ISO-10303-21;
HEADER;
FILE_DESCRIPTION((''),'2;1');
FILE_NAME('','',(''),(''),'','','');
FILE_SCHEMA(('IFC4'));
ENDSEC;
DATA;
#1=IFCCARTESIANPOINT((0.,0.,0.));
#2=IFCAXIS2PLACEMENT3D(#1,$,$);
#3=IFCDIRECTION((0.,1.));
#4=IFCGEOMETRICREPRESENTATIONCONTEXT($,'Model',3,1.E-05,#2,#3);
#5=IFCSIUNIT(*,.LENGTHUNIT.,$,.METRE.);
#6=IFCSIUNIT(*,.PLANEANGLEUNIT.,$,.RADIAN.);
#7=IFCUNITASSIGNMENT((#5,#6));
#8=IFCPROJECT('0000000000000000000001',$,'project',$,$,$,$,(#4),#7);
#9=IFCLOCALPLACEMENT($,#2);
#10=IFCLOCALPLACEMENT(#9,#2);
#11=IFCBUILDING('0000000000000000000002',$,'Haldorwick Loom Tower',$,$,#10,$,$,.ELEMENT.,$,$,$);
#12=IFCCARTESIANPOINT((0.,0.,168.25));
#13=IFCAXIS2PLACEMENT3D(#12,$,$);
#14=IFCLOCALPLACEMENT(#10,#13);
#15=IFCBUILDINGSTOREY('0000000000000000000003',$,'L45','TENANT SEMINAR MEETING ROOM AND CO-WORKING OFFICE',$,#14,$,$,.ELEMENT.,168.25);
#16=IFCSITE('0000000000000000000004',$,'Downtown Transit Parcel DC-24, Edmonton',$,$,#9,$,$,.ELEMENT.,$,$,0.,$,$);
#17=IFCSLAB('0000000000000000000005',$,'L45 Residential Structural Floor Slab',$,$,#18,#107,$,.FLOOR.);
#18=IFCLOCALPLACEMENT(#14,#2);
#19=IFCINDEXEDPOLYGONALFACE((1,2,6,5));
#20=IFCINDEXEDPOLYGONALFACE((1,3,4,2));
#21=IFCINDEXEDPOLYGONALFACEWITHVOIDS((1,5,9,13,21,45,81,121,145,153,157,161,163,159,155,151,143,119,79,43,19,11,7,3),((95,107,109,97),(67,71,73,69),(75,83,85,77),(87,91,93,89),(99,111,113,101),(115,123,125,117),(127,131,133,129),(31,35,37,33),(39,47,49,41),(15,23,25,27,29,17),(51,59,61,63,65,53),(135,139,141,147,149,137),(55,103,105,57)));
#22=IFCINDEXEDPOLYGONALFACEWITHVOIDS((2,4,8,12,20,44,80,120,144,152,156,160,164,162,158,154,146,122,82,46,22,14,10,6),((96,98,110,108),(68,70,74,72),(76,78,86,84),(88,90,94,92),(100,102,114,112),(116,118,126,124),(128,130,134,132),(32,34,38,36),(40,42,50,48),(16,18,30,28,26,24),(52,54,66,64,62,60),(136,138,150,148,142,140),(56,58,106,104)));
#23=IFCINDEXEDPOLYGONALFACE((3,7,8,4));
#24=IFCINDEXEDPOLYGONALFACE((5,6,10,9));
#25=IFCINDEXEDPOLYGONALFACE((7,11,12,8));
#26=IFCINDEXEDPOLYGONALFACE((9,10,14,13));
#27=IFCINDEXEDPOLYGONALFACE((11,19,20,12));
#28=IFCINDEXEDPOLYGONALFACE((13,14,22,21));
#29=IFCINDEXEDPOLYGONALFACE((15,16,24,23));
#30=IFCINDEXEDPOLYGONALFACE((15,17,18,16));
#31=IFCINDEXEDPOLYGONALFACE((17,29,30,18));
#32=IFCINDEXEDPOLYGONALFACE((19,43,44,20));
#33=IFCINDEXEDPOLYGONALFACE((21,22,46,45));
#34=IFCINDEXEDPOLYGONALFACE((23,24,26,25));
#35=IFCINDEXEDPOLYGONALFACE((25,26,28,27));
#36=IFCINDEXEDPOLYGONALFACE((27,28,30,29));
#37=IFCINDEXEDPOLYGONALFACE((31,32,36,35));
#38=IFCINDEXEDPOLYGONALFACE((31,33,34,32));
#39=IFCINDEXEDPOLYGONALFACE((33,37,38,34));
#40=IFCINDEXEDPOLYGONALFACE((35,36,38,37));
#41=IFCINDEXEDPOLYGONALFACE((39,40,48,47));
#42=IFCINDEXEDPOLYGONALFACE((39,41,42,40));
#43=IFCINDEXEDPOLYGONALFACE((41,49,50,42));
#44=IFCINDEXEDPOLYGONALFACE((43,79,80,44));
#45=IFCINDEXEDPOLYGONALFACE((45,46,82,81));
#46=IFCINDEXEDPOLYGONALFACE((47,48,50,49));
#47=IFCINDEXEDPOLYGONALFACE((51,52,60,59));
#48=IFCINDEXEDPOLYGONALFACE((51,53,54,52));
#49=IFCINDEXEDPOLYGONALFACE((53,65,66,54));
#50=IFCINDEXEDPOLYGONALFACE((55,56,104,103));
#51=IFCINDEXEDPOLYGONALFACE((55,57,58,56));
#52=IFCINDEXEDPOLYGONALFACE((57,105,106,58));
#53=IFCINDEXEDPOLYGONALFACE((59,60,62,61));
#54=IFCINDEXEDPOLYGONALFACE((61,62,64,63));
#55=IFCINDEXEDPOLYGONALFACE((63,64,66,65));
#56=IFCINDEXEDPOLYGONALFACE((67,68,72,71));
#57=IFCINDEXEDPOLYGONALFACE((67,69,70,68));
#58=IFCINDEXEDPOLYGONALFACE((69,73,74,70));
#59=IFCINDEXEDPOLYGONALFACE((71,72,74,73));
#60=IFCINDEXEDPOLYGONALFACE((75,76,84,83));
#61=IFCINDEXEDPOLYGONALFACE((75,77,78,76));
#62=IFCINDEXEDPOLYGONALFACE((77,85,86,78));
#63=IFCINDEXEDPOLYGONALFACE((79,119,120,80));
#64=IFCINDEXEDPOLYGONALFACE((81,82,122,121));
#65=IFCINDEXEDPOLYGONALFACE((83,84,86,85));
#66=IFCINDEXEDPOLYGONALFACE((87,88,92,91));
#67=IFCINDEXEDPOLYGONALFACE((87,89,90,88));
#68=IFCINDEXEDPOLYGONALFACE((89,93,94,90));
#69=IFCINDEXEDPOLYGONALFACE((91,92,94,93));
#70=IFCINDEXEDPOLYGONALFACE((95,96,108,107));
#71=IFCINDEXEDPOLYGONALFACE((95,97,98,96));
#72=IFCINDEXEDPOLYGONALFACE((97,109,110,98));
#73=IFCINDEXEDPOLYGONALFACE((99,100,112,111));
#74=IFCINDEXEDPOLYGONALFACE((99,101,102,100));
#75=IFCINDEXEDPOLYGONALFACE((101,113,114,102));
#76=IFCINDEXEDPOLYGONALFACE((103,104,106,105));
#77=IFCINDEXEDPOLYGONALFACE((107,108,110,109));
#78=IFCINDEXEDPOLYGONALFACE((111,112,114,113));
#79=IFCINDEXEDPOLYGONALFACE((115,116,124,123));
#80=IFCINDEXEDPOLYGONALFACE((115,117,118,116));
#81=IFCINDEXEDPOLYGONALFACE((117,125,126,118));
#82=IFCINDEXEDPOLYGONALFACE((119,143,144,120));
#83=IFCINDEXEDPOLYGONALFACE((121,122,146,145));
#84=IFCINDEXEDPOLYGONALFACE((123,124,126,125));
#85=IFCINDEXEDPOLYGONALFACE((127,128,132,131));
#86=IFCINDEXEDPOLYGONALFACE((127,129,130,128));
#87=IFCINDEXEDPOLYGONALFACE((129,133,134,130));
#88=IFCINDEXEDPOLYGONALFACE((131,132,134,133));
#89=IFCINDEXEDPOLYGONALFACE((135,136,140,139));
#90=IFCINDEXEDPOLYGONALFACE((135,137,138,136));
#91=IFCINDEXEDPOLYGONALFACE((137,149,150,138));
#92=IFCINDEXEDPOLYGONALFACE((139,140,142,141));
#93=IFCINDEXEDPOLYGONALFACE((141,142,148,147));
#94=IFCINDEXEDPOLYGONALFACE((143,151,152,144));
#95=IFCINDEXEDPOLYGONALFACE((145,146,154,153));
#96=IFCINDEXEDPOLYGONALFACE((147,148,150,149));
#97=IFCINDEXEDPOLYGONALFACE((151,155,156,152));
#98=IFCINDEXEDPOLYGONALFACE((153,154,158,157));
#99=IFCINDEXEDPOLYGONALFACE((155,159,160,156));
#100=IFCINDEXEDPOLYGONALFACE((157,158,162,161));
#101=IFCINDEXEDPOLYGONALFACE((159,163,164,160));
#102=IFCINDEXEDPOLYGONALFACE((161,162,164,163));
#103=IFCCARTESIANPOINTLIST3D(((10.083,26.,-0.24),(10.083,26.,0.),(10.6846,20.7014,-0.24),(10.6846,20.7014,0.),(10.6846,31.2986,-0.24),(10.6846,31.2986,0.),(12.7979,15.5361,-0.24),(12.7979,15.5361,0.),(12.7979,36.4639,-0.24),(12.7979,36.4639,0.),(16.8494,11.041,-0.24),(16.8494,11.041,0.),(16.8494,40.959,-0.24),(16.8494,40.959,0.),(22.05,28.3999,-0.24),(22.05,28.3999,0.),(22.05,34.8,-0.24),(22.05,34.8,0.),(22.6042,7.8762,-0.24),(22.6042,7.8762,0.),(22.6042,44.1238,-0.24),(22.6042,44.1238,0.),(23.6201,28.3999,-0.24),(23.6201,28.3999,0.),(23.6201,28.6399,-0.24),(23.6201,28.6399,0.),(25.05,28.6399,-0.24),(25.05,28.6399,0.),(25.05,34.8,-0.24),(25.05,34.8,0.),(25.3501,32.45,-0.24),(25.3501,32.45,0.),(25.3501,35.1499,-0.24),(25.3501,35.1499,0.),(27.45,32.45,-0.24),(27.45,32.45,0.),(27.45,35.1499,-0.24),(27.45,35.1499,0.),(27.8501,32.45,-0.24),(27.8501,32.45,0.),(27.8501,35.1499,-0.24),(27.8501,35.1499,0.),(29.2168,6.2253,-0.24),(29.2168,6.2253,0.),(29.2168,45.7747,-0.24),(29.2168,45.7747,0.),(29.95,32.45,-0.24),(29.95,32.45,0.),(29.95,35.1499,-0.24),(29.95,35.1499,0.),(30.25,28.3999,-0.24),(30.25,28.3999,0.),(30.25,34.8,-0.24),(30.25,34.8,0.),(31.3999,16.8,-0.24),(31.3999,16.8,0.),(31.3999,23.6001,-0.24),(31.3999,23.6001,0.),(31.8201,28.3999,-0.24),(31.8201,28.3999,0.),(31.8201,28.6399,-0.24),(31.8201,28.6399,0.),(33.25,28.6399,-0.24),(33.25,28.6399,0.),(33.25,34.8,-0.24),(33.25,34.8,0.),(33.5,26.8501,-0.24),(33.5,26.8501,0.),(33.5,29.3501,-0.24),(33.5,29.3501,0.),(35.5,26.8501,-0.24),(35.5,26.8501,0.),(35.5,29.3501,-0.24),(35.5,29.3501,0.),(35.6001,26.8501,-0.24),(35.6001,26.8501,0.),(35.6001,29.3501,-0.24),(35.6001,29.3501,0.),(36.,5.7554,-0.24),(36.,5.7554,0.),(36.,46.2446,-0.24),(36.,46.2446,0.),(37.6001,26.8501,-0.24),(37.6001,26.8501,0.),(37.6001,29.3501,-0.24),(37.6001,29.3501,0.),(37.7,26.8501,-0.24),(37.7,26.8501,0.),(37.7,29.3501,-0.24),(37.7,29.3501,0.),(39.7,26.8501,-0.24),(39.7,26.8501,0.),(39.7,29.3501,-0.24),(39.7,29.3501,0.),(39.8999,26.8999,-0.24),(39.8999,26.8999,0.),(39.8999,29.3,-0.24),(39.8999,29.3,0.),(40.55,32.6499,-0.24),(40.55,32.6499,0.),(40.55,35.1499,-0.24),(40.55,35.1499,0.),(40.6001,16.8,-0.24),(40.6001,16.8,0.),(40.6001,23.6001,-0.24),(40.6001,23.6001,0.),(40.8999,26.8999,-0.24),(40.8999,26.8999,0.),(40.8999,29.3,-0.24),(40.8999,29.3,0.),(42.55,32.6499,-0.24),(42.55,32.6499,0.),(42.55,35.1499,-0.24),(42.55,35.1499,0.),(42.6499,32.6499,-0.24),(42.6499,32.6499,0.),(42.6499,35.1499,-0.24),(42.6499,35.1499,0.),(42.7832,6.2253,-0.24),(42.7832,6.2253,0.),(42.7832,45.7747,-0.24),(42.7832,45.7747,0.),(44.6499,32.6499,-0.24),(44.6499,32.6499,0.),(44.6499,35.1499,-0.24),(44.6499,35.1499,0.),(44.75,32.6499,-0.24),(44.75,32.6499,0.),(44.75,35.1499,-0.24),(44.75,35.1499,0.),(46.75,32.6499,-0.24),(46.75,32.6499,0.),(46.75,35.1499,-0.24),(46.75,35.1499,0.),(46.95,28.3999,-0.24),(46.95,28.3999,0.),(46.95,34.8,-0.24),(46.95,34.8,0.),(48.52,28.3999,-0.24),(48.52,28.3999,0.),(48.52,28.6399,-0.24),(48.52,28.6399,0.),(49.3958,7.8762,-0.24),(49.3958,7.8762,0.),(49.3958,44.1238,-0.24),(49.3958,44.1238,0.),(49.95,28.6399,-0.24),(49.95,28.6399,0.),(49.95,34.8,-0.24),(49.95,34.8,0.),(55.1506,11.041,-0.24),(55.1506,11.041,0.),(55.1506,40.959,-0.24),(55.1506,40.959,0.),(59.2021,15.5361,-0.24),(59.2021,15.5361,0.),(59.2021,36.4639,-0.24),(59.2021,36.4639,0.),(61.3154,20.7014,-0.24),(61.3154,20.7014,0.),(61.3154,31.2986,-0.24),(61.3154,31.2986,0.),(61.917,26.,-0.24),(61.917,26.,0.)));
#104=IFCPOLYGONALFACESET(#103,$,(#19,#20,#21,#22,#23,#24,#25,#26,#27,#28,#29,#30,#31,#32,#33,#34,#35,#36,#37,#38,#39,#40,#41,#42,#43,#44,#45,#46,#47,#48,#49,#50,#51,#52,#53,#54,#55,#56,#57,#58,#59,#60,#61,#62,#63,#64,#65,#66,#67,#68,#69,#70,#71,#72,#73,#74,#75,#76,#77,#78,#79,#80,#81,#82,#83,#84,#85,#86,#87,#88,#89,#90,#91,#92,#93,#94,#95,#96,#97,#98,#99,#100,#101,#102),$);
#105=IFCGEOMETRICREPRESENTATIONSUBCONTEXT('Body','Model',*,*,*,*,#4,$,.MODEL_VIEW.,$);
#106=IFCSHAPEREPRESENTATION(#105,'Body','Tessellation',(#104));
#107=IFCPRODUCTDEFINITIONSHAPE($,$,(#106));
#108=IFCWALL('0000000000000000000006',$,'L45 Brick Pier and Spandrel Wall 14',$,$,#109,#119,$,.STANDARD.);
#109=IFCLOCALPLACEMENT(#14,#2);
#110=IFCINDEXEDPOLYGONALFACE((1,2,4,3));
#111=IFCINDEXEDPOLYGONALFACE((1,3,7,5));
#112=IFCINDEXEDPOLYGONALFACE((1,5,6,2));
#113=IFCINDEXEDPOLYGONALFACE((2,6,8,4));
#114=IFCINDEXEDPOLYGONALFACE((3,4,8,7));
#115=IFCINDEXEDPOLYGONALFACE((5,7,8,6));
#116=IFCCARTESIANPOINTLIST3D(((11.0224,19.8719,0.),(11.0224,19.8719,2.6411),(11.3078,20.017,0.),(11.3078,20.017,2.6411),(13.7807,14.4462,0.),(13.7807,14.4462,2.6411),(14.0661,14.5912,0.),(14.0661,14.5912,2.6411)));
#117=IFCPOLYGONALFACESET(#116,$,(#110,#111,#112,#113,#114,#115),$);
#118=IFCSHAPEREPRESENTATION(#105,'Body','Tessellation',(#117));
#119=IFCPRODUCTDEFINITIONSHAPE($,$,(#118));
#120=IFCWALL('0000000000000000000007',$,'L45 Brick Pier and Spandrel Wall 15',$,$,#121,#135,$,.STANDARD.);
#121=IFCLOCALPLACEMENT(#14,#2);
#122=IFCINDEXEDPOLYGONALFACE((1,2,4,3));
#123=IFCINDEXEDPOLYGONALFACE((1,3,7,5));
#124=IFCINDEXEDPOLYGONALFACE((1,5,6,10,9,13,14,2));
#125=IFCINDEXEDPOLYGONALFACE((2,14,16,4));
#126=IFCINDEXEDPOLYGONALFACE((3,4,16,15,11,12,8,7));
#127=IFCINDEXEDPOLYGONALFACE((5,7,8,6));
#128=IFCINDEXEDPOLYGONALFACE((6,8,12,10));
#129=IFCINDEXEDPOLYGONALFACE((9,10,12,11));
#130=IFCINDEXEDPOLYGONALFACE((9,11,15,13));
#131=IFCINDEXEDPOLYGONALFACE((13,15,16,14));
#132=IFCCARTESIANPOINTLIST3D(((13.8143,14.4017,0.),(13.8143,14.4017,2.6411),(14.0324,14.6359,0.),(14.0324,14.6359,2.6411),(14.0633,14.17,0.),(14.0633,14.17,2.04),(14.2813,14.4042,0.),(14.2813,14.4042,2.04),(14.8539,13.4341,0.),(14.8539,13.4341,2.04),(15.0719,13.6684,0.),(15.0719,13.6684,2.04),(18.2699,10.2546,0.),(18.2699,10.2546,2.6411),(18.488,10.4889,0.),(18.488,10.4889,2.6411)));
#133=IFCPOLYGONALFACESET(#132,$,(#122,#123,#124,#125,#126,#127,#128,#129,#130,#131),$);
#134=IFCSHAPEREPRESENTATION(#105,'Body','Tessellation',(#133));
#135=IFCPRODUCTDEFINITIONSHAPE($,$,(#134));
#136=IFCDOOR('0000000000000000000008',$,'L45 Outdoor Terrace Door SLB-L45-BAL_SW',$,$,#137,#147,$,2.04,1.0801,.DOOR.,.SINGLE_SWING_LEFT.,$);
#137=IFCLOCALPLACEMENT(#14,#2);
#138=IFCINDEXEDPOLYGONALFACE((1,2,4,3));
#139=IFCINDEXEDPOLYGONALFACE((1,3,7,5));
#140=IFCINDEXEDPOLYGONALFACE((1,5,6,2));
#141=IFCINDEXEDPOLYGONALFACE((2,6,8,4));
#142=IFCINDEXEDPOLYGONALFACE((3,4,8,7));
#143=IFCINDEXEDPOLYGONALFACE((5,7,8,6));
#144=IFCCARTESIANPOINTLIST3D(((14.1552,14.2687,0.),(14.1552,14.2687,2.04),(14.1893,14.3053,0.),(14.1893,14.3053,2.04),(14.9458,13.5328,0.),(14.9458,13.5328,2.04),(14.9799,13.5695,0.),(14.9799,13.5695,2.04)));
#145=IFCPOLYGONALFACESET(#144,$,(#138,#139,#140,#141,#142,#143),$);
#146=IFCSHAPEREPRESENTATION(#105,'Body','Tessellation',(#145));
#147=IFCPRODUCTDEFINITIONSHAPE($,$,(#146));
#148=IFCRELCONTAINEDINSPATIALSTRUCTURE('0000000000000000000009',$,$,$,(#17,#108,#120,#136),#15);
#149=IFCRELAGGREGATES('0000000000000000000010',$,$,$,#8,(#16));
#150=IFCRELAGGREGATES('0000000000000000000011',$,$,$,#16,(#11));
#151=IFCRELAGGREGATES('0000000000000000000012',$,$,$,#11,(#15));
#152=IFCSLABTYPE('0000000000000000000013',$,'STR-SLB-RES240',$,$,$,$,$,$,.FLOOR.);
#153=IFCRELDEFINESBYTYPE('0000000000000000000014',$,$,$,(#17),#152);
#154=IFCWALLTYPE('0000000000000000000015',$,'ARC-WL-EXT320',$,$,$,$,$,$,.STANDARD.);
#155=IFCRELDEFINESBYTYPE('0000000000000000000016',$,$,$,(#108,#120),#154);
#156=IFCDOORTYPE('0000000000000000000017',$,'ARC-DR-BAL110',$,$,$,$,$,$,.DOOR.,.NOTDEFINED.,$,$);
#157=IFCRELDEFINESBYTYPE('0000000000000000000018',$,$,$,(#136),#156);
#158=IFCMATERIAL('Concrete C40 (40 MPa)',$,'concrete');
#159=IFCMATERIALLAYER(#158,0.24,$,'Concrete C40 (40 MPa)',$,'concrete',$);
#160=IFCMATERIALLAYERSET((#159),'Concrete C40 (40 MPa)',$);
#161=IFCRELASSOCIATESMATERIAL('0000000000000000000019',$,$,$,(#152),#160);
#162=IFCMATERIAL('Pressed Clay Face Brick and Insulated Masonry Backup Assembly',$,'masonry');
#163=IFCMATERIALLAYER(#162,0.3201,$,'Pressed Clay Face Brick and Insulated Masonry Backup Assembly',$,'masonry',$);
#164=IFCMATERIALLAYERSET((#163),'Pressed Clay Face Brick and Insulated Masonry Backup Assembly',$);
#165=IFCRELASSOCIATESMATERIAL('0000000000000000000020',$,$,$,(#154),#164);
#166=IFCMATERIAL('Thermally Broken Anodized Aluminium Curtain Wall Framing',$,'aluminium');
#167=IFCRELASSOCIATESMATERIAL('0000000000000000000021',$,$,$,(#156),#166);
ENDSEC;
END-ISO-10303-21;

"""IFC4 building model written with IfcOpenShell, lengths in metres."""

from ifc_helpers import new_model, si_unit, direction, frame, frame_2d, origin, place, context, subcontext, project, spatial, polyline, rectangle, outline, extrude, material, layer, layer_set, type_object, element, fill, save


model = new_model("IFC4")

# Units and contexts
model_context = context("Model", 3, precision=1e-05, world=origin(), true_north=direction((0.0, 1.0)))
body_context = subcontext(model_context, "Body", "Model", "MODEL_VIEW")
ifc_project = project(units=[si_unit("LENGTHUNIT", "METRE"), si_unit("PLANEANGLEUNIT", "RADIAN")], contexts=[model_context])

# Site, building, storey
site_placement = place(None, origin())
site = spatial("IfcSite", under=ifc_project, at=site_placement, Name="Downtown Transit Parcel DC-24, Edmonton", CompositionType="ELEMENT", RefElevation=0.0)
building_placement = place(site_placement, origin())
building = spatial("IfcBuilding", under=site, at=building_placement, Name="Haldorwick Loom Tower", CompositionType="ELEMENT")
storey_placement = place(building_placement, frame((0.0, 0.0, 168.25)))
storey = spatial("IfcBuildingStorey", under=building, at=storey_placement, Name="L45", Description="TENANT SEMINAR MEETING ROOM AND CO-WORKING OFFICE", CompositionType="ELEMENT", Elevation=168.25)

# Shared definitions
ifc_material_1 = material(Name="Concrete C40 (40 MPa)", Category="concrete")

# Slab
ifc_layer_1 = layer(ifc_material_1, 0.24, Name="Concrete C40 (40 MPa)", Category="concrete")
ifc_layer_set_1 = layer_set([ifc_layer_1], Name="Concrete C40 (40 MPa)")
slab_type_1 = type_object("IfcSlabType", Name="STR-SLB-RES240", PredefinedType="FLOOR", material=ifc_layer_set_1)
slab_1_placement = place(storey_placement, frame((0.0, 0.0, -0.24)))
element("IfcSlab", 1, at=slab_1_placement, inside=storey, type_object=slab_type_1, Name="L45 Residential Structural Floor Slab", PredefinedType="FLOOR", context=body_context, shape_type="SweptSolid", body=[
    extrude(outline(polyline([(55.1506, 11.041), (59.2021, 15.5361), (61.3154, 20.7014), (61.917, 26.0), (61.3154, 31.2986), (59.2021, 36.4639), (55.1506, 40.959), (49.3958, 44.1238), (42.7832, 45.7747), (36.0, 46.2446), (29.2168, 45.7747), (22.6042, 44.1238), (16.8494, 40.959), (12.7979, 36.4639), (10.6846, 31.2986), (10.083, 26.0), (10.6846, 20.7014), (12.7979, 15.5361), (16.8494, 11.041), (22.6042, 7.8762), (29.2168, 6.2253), (36.0, 5.7554), (42.7832, 6.2253), (49.3958, 7.8762), (55.1506, 11.041)]), holes=[polyline([(31.3999, 16.8), (31.3999, 23.6001), (40.6001, 23.6001), (40.6001, 16.8), (31.3999, 16.8)]), polyline([(33.5, 26.8501), (33.5, 29.3501), (35.5, 29.3501), (35.5, 26.8501), (33.5, 26.8501)]), polyline([(35.6001, 26.8501), (35.6001, 29.3501), (37.6001, 29.3501), (37.6001, 26.8501), (35.6001, 26.8501)]), polyline([(23.6201, 28.3999), (22.05, 28.3999), (22.05, 34.8), (25.05, 34.8), (25.05, 28.6399), (23.6201, 28.6399), (23.6201, 28.3999)]), polyline([(30.25, 28.3999), (30.25, 34.8), (33.25, 34.8), (33.25, 28.6399), (31.8201, 28.6399), (31.8201, 28.3999), (30.25, 28.3999)]), polyline([(25.3501, 32.45), (25.3501, 35.1499), (27.45, 35.1499), (27.45, 32.45), (25.3501, 32.45)]), polyline([(29.95, 32.45), (27.8501, 32.45), (27.8501, 35.1499), (29.95, 35.1499), (29.95, 32.45)]), polyline([(37.7, 26.8501), (37.7, 29.3501), (39.7, 29.3501), (39.7, 26.8501), (37.7, 26.8501)]), polyline([(39.8999, 26.8999), (39.8999, 29.3), (40.8999, 29.3), (40.8999, 26.8999), (39.8999, 26.8999)]), polyline([(46.95, 28.3999), (46.95, 34.8), (49.95, 34.8), (49.95, 28.6399), (48.52, 28.6399), (48.52, 28.3999), (46.95, 28.3999)]), polyline([(40.55, 32.6499), (40.55, 35.1499), (42.55, 35.1499), (42.55, 32.6499), (40.55, 32.6499)]), polyline([(42.6499, 32.6499), (42.6499, 35.1499), (44.6499, 35.1499), (44.6499, 32.6499), (42.6499, 32.6499)]), polyline([(44.75, 32.6499), (44.75, 35.1499), (46.75, 35.1499), (46.75, 32.6499), (44.75, 32.6499)])]), origin(), (0.0, 0.0, 1.0), 0.24),
])

# Wall
ifc_material_2 = material(Name="Pressed Clay Face Brick and Insulated Masonry Backup Assembly", Category="masonry")
ifc_layer_2 = layer(ifc_material_2, 0.3201, Name="Pressed Clay Face Brick and Insulated Masonry Backup Assembly", Category="masonry")
ifc_layer_set_2 = layer_set([ifc_layer_2], Name="Pressed Clay Face Brick and Insulated Masonry Backup Assembly")
wall_type_1 = type_object("IfcWallType", Name="ARC-WL-EXT320", PredefinedType="STANDARD", material=ifc_layer_set_2)
wall_1_placement = place(storey_placement, frame((11.165, 19.9446, 0.0), z_axis=(0.0, 0.0, 1.0), x_axis=(0.453172, -0.891423, 0.0)))
element("IfcWall", 2, at=wall_1_placement, inside=storey, type_object=wall_type_1, Name="L45 Brick Pier and Spandrel Wall 14", PredefinedType="STANDARD", context=body_context, shape_type="SweptSolid", body=[
    extrude(rectangle(XDim=6.0867, YDim=0.3201, at=frame_2d((3.0435, 0.0))), origin(), (0.0, 0.0, 1.0), 2.6411),
])

# Wall, opening, door
wall_2_placement = place(storey_placement, frame((13.9233, 14.5188, 0.0), z_axis=(0.0, 0.0, 1.0), x_axis=(0.732002, -0.681303, 0.0)))
wall_2 = element("IfcWall", 3, at=wall_2_placement, inside=storey, type_object=wall_type_1, Name="L45 Brick Pier and Spandrel Wall 15", PredefinedType="STANDARD", context=body_context, shape_type="SweptSolid", body=[
    extrude(rectangle(XDim=6.0869, YDim=0.3201, at=frame_2d((3.0435, 0.0))), origin(), (0.0, 0.0, 1.0), 2.6411),
])
opening_1_placement = place(wall_2_placement, frame((0.3401, 0.0, 0.0)))
opening_1 = element("IfcOpeningElement", 4, at=opening_1_placement, cuts=wall_2, PredefinedType="OPENING", context=body_context, shape_type="SweptSolid", body=[
    extrude(rectangle(XDim=1.0801, YDim=2.04, at=frame_2d((0.54, 1.02))), frame((0.0, 0.1699, 0.0), z_axis=(0.0, -1.0, 0.0), x_axis=(1.0, 0.0, 0.0)), (0.0, 0.0, 1.0), 0.3401),
])
ifc_material_3 = material(Name="Thermally Broken Anodized Aluminium Curtain Wall Framing", Category="aluminium")
door_type = type_object("IfcDoorType", Name="ARC-DR-BAL110", OperationType="NOTDEFINED", PredefinedType="DOOR", material=ifc_material_3)
door_placement = place(opening_1_placement, origin())
door = element("IfcDoor", 5, at=door_placement, inside=storey, type_object=door_type, Name="L45 Outdoor Terrace Door SLB-L45-BAL_SW", OperationType="SINGLE_SWING_LEFT", OverallHeight=2.04, OverallWidth=1.0801, PredefinedType="DOOR", context=body_context, shape_type="SweptSolid", body=[
    extrude(rectangle(XDim=1.0801, YDim=2.04, at=frame_2d((0.54, 1.02))), frame((0.0, 0.0249, 0.0), z_axis=(0.0, -1.0, 0.0), x_axis=(1.0, 0.0, 0.0)), (0.0, 0.0, 1.0), 0.05),
])
fill(opening_1, door)

save(model, "model.ifc")
